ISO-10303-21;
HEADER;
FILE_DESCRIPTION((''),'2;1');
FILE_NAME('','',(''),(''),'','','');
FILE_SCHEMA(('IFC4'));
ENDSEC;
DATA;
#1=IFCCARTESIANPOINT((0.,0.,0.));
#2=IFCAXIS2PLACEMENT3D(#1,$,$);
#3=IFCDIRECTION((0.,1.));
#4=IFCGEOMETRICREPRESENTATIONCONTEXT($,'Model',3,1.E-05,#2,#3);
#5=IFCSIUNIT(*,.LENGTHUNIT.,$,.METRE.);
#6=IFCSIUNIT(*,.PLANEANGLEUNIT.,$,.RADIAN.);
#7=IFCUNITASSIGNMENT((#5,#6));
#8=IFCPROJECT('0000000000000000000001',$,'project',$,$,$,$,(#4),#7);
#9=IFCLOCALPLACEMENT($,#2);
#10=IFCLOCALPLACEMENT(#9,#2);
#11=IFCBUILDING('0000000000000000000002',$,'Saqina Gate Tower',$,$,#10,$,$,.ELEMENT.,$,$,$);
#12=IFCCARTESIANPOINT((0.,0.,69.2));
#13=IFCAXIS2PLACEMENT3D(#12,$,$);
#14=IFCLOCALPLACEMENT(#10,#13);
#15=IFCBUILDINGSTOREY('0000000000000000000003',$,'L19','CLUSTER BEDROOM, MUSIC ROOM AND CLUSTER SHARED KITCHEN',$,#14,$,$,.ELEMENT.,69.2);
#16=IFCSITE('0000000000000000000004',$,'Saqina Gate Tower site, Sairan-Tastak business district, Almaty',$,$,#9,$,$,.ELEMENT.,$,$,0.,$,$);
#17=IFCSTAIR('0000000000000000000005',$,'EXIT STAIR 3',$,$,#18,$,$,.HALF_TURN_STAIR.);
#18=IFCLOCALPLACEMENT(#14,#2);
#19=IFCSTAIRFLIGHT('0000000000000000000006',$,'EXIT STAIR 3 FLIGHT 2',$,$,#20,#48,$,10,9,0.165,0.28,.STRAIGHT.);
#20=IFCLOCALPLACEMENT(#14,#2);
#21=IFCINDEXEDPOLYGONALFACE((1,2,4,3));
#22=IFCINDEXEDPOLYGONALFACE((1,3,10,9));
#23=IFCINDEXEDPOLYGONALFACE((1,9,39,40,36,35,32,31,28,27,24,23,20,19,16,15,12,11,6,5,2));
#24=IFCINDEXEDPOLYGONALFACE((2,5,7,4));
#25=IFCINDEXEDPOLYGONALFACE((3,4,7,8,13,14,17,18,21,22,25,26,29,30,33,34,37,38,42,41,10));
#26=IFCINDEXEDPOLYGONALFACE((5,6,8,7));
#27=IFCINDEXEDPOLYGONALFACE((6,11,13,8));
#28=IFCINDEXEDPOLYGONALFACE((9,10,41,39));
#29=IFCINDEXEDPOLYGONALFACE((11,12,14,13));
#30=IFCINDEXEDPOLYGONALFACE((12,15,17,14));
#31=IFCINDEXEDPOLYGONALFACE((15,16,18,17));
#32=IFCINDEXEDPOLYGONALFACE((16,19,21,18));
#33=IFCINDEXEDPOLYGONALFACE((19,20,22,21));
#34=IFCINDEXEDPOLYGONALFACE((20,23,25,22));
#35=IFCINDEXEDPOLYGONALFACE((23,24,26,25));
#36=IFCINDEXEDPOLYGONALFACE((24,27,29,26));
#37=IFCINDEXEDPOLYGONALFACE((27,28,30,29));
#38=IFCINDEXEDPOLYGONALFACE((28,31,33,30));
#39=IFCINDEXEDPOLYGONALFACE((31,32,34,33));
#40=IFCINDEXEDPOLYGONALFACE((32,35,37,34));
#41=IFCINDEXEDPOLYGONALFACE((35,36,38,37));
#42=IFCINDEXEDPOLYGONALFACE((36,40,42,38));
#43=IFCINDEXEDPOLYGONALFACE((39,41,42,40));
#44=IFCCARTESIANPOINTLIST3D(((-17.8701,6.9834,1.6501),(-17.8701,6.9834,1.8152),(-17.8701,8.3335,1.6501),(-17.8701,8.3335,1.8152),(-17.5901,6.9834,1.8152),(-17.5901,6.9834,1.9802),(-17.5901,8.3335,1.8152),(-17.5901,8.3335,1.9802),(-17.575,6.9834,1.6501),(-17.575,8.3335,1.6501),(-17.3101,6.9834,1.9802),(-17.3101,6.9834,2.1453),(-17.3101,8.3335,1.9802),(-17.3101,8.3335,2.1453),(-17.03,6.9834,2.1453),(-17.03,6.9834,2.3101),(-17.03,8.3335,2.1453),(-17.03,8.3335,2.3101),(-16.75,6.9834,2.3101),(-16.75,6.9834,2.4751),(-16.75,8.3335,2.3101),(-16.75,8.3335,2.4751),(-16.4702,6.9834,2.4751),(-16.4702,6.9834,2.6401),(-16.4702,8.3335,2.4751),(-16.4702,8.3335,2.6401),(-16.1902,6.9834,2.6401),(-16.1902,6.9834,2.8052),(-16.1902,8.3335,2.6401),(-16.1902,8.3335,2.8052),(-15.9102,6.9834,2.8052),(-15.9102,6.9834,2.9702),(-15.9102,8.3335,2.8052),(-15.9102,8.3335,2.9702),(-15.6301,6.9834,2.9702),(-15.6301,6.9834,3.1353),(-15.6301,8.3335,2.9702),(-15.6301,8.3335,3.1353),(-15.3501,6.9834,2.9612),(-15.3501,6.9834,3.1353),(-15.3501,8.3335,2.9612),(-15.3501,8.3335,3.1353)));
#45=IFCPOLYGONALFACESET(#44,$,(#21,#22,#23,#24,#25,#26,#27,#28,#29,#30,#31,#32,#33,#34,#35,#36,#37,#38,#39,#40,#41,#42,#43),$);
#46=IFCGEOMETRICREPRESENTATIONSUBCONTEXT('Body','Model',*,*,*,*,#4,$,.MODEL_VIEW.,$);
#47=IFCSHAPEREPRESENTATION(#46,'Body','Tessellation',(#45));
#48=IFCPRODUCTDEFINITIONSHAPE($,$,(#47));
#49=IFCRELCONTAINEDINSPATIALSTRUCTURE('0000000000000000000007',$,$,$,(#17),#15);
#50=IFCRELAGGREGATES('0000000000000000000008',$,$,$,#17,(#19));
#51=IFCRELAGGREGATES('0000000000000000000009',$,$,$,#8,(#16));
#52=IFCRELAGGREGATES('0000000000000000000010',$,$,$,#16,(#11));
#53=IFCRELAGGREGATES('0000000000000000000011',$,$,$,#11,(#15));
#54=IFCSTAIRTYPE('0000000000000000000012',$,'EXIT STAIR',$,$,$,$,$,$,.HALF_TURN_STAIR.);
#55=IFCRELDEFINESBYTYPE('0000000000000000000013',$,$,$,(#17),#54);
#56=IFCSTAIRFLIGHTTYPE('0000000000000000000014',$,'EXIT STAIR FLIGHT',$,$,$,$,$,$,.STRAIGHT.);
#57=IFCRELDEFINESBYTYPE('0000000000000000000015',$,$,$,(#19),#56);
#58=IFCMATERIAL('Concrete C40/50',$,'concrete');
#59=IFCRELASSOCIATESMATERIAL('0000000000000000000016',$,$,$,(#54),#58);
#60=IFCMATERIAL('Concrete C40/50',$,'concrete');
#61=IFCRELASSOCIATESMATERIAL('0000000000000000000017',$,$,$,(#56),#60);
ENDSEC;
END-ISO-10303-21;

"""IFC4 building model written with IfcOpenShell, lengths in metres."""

from ifc_helpers import new_model, si_unit, direction, frame, origin, place, context, subcontext, project, spatial, polyline, outline, extrude, material, type_object, element, aggregate, save


model = new_model("IFC4")

# Units and contexts
model_context = context("Model", 3, precision=1e-05, world=origin(), true_north=direction((0.0, 1.0)))
body_context = subcontext(model_context, "Body", "Model", "MODEL_VIEW")
ifc_project = project(units=[si_unit("LENGTHUNIT", "METRE"), si_unit("PLANEANGLEUNIT", "RADIAN")], contexts=[model_context])

# Site, building, storey
site_placement = place(None, origin())
site = spatial("IfcSite", under=ifc_project, at=site_placement, Name="Saqina Gate Tower site, Sairan-Tastak business district, Almaty", CompositionType="ELEMENT", RefElevation=0.0)
building_placement = place(site_placement, origin())
building = spatial("IfcBuilding", under=site, at=building_placement, Name="Saqina Gate Tower", CompositionType="ELEMENT")
storey_placement = place(building_placement, frame((0.0, 0.0, 69.2)))
storey = spatial("IfcBuildingStorey", under=building, at=storey_placement, Name="L19", Description="CLUSTER BEDROOM, MUSIC ROOM AND CLUSTER SHARED KITCHEN", CompositionType="ELEMENT", Elevation=69.2)

# Stair, stair flight
ifc_material_1 = material(Name="Concrete C40/50", Category="concrete")
stair_type = type_object("IfcStairType", Name="EXIT STAIR", PredefinedType="HALF_TURN_STAIR", material=ifc_material_1)
stair_placement = place(storey_placement, origin())
stair = element("IfcStair", 1, at=stair_placement, inside=storey, type_object=stair_type, Name="EXIT STAIR 3", PredefinedType="HALF_TURN_STAIR")
ifc_material_2 = material(Name="Concrete C40/50", Category="concrete")
stair_flight_type = type_object("IfcStairFlightType", Name="EXIT STAIR FLIGHT", PredefinedType="STRAIGHT", material=ifc_material_2)
stair_flight_1_placement = place(storey_placement, frame((-17.8701, 7.6584, 1.6501), z_axis=(0.0, 0.0, 1.0), x_axis=(1.0, 0.0, 0.0)))
stair_flight_1 = element("IfcStairFlight", 2, at=stair_flight_1_placement, type_object=stair_flight_type, Name="EXIT STAIR 3 FLIGHT 2", NumberOfRisers=10, NumberOfTreads=9, PredefinedType="STRAIGHT", RiserHeight=0.165, TreadLength=0.28, context=body_context, shape_type="SweptSolid", body=[
    extrude(outline(polyline([(0.0, 0.0), (0.0, 0.165), (0.28, 0.165), (0.28, 0.3301), (0.5601, 0.3301), (0.5601, 0.4951), (0.8401, 0.4951), (0.8401, 0.6599), (1.1201, 0.6599), (1.1201, 0.825), (1.3999, 0.825), (1.3999, 0.99), (1.6799, 0.99), (1.6799, 1.155), (1.96, 1.155), (1.96, 1.3201), (2.24, 1.3201), (2.24, 1.4851), (2.52, 1.4851), (2.52, 1.6499), (2.52, 1.311), (0.2952, 0.0), (0.0, 0.0)])), frame((0.0, 0.675, 0.0), z_axis=(0.0, -1.0, 0.0), x_axis=(1.0, 0.0, 0.0)), (0.0, 0.0, 1.0), 1.3501),
])
aggregate(stair, [stair_flight_1])

save(model, "model.ifc")
